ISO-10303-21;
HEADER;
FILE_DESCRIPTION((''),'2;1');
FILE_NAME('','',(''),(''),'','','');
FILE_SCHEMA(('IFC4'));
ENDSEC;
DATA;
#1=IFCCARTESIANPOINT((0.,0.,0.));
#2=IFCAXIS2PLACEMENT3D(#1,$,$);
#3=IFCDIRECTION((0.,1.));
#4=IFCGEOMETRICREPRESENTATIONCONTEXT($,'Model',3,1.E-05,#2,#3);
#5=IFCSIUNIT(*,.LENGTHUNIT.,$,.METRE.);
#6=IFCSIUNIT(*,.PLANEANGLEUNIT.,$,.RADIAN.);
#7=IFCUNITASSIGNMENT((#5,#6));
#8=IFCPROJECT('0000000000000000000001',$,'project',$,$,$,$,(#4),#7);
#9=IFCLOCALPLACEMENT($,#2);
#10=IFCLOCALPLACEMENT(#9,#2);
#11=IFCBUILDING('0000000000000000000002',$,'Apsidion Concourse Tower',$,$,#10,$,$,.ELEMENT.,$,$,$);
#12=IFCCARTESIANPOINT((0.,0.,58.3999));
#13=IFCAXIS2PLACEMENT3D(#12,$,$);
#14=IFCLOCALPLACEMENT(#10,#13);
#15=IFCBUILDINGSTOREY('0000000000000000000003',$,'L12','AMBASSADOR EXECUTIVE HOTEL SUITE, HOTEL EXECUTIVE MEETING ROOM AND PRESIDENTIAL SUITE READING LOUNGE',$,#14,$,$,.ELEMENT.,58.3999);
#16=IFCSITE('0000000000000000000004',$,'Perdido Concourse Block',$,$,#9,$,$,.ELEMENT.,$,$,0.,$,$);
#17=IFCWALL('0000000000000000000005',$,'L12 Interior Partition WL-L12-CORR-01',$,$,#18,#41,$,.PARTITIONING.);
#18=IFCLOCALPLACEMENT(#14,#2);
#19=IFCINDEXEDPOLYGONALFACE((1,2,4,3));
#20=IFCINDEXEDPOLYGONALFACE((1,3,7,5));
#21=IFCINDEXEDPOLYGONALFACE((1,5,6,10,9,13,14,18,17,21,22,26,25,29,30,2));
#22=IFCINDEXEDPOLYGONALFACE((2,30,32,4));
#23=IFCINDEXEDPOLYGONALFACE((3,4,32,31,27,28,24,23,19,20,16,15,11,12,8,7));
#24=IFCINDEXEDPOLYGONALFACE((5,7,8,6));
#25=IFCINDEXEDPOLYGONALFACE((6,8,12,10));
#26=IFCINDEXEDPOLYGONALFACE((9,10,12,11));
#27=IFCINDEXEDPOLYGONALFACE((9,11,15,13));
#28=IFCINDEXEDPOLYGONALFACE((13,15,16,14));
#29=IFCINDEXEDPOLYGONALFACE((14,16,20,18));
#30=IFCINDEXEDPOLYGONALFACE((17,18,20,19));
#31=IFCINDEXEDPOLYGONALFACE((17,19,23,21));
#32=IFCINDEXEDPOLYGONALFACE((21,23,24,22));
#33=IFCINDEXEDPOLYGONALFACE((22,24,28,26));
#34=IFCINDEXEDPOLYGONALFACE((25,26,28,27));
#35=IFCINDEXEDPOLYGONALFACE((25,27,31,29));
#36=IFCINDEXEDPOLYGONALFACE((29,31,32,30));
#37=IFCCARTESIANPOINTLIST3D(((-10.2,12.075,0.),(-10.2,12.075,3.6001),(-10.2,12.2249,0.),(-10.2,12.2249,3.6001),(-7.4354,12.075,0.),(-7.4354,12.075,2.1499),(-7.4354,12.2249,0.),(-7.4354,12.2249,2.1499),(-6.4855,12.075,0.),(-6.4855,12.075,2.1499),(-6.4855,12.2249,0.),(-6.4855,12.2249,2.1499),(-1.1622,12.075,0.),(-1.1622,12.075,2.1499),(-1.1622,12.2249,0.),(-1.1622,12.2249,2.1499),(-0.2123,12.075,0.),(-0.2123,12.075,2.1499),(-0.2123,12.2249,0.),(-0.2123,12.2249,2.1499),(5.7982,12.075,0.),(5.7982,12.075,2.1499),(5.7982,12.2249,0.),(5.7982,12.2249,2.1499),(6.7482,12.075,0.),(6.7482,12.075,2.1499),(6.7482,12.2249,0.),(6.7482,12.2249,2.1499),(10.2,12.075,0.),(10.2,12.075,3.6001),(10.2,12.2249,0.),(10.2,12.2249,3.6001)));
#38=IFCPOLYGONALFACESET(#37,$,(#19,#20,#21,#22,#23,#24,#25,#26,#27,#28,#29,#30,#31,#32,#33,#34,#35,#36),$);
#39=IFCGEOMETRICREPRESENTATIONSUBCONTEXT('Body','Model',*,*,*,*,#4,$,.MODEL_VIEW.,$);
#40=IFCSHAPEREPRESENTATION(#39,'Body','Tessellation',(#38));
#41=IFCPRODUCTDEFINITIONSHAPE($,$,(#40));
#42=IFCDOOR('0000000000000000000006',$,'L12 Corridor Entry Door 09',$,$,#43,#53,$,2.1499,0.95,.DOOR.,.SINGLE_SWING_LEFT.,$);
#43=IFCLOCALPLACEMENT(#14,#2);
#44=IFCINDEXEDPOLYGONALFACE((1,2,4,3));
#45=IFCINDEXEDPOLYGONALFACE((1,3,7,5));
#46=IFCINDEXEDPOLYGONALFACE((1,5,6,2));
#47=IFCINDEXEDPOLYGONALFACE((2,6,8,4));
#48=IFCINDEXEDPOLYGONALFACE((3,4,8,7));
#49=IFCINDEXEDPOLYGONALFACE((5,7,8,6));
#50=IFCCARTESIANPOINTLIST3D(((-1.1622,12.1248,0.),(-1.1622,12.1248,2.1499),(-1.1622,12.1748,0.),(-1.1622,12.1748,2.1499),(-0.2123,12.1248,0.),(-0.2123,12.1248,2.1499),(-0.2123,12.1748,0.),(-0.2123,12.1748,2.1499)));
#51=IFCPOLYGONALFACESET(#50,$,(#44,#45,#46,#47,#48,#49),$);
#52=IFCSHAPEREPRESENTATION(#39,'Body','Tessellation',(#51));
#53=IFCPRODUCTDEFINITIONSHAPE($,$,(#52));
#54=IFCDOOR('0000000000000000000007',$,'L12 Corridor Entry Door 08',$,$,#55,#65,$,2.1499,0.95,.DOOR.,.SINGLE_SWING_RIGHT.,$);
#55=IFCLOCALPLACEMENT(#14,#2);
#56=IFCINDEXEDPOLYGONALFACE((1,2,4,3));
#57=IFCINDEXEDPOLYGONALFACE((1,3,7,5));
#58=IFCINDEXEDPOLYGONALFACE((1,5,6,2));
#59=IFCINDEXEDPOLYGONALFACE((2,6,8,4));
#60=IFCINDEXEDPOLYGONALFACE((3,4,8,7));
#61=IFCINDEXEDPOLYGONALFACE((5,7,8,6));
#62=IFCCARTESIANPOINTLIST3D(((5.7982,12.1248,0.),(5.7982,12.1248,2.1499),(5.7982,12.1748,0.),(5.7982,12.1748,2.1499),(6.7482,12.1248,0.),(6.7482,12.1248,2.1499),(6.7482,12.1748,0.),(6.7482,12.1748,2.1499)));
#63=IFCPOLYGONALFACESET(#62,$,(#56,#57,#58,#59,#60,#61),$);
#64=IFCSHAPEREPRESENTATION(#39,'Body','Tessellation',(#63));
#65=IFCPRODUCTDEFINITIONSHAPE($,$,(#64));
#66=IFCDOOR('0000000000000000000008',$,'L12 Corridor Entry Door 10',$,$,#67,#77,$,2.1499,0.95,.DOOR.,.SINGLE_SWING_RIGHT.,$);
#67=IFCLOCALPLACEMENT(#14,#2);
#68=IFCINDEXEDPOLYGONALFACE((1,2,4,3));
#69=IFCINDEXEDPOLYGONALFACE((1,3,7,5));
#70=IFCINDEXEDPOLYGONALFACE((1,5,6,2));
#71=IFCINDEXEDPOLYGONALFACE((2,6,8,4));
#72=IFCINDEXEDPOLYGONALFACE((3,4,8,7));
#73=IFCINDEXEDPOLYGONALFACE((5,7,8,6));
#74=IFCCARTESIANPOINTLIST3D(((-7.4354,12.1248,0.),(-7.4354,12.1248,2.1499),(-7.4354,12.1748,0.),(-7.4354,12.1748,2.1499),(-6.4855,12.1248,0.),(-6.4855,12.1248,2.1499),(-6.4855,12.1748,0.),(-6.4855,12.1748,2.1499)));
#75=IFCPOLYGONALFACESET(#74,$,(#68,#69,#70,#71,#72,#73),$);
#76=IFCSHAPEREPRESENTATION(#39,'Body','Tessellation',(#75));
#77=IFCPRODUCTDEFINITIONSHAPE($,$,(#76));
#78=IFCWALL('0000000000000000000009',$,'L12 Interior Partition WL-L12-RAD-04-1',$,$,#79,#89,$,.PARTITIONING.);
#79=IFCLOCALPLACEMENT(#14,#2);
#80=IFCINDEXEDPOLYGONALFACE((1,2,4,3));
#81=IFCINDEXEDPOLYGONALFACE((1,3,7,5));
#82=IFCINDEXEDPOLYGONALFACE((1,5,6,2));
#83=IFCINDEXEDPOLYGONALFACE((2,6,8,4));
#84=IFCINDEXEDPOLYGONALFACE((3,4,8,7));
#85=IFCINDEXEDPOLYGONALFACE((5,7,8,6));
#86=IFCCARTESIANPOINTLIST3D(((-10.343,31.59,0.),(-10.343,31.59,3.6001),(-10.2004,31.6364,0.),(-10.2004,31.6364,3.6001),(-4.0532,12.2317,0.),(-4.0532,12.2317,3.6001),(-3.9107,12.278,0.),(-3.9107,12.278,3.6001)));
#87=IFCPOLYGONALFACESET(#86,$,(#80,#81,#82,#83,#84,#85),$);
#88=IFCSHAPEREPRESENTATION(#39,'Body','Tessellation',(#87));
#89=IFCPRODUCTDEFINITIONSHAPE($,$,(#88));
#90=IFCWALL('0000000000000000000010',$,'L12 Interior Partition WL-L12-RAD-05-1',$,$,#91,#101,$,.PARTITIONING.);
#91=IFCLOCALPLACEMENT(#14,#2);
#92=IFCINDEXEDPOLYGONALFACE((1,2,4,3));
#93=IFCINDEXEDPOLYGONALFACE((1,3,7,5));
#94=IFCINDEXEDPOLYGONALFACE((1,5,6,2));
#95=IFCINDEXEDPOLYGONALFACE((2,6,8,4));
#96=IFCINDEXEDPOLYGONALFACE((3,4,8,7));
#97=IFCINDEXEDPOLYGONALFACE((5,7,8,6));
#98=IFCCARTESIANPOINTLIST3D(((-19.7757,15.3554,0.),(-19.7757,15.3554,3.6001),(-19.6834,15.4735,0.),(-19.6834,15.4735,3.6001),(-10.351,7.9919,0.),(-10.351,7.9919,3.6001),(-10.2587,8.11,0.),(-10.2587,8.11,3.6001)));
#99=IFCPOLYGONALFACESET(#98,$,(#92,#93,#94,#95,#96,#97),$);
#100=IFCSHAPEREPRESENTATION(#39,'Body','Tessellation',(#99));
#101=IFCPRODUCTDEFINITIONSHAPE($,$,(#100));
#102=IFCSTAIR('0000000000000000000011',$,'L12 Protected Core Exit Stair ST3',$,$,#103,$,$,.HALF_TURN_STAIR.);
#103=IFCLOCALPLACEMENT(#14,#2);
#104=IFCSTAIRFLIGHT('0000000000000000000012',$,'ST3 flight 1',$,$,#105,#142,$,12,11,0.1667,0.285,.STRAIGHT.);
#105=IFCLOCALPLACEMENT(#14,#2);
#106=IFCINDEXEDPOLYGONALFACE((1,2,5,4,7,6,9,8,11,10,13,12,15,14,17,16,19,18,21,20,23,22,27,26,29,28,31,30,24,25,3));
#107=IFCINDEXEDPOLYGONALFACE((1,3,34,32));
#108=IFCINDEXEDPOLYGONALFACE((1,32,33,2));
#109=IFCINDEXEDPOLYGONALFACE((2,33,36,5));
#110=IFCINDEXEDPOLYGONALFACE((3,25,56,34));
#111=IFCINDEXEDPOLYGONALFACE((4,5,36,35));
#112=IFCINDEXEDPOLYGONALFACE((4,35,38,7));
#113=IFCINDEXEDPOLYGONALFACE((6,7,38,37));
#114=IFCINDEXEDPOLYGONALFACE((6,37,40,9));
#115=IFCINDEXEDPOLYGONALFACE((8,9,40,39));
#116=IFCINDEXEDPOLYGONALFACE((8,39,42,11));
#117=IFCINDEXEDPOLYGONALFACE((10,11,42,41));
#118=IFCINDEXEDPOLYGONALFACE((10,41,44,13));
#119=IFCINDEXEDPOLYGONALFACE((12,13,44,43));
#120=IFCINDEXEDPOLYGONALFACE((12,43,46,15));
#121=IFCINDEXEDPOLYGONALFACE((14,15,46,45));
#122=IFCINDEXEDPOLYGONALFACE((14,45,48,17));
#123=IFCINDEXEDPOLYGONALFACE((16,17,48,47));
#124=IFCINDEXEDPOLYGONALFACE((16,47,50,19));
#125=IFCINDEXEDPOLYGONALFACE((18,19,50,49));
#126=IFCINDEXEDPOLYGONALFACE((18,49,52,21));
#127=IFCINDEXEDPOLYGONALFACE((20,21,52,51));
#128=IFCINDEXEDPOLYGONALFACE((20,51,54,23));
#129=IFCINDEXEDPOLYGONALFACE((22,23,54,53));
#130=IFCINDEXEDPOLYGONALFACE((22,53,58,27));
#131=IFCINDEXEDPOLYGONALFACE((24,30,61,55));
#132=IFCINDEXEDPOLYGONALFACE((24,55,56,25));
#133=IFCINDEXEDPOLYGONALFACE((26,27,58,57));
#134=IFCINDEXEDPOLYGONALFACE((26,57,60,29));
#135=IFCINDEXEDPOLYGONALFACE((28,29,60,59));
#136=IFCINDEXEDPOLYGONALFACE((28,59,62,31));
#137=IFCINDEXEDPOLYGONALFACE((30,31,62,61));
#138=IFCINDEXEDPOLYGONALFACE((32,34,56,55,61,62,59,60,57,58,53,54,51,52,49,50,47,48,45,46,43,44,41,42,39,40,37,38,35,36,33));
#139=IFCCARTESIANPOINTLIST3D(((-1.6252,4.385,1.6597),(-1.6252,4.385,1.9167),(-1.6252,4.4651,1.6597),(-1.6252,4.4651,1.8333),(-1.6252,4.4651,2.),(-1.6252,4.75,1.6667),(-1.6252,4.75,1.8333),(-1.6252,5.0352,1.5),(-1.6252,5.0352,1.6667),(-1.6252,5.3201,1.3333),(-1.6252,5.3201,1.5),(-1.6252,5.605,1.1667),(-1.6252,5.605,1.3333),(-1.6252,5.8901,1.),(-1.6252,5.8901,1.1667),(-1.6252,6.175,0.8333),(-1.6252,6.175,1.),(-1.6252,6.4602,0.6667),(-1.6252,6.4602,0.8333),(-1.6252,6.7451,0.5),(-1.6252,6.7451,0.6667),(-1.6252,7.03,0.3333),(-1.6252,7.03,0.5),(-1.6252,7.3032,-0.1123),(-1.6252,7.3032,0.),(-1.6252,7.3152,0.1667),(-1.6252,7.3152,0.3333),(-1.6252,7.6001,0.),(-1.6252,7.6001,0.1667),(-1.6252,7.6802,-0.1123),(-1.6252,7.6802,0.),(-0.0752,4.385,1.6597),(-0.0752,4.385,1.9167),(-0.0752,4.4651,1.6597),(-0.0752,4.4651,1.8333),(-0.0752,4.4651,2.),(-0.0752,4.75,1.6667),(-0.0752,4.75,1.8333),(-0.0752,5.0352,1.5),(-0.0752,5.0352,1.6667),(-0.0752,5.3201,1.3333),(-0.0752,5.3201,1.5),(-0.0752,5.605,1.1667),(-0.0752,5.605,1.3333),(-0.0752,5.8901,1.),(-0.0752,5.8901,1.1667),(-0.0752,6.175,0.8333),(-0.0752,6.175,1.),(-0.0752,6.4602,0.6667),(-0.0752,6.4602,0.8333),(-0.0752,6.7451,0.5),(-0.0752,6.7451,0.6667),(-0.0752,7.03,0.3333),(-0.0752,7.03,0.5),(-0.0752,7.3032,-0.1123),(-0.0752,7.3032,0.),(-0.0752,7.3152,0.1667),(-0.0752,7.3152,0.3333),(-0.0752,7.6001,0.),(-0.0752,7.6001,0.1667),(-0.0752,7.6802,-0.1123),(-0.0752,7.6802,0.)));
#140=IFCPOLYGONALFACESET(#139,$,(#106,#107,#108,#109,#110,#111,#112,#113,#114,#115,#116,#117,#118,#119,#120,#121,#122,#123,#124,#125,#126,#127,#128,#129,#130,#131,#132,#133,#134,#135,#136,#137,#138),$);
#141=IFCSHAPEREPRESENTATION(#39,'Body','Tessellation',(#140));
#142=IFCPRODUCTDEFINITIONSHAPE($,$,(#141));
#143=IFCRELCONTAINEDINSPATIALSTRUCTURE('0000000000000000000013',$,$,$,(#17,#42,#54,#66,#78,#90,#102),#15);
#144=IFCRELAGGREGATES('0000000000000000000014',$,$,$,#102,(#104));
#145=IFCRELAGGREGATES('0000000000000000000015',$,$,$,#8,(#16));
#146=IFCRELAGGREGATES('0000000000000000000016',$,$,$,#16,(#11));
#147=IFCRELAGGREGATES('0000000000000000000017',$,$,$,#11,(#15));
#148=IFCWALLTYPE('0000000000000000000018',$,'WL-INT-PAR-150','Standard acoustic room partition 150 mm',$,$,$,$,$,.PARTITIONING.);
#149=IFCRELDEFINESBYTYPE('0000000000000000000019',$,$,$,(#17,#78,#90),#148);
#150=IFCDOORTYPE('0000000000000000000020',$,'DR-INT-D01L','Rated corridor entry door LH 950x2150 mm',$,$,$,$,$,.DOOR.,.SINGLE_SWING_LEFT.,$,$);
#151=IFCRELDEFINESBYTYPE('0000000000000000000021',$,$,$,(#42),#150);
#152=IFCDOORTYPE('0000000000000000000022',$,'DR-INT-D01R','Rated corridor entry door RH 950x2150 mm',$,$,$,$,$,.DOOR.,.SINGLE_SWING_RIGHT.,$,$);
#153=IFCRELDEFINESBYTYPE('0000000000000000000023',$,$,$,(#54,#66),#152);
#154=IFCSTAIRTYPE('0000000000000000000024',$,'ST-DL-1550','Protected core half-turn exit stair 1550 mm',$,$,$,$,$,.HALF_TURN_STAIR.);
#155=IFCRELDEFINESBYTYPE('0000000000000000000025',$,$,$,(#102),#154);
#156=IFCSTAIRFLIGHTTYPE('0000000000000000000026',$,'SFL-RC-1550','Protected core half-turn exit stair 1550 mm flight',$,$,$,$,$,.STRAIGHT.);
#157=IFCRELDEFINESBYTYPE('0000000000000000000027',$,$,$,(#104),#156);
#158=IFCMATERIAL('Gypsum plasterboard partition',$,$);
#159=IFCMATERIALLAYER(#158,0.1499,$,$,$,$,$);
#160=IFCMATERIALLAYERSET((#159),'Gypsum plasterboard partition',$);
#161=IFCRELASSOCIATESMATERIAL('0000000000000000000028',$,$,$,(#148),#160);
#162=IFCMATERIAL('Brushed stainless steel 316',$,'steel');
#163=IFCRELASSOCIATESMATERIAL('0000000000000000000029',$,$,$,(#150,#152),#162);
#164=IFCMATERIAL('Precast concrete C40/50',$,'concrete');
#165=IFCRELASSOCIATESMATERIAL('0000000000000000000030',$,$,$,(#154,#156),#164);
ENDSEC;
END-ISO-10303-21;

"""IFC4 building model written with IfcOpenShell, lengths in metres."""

from ifc_helpers import new_model, si_unit, direction, frame, frame_2d, origin, place, context, subcontext, project, spatial, polyline, rectangle, outline, extrude, material, layer, layer_set, type_object, element, fill, aggregate, save


model = new_model("IFC4")

# Units and contexts
model_context = context("Model", 3, precision=1e-05, world=origin(), true_north=direction((0.0, 1.0)))
body_context = subcontext(model_context, "Body", "Model", "MODEL_VIEW")
ifc_project = project(units=[si_unit("LENGTHUNIT", "METRE"), si_unit("PLANEANGLEUNIT", "RADIAN")], contexts=[model_context])

# Site, building, storey
site_placement = place(None, origin())
site = spatial("IfcSite", under=ifc_project, at=site_placement, Name="Perdido Concourse Block", CompositionType="ELEMENT", RefElevation=0.0)
building_placement = place(site_placement, origin())
building = spatial("IfcBuilding", under=site, at=building_placement, Name="Apsidion Concourse Tower", CompositionType="ELEMENT")
storey_placement = place(building_placement, frame((0.0, 0.0, 58.3999)))
storey = spatial("IfcBuildingStorey", under=building, at=storey_placement, Name="L12", Description="AMBASSADOR EXECUTIVE HOTEL SUITE, HOTEL EXECUTIVE MEETING ROOM AND PRESIDENTIAL SUITE READING LOUNGE", CompositionType="ELEMENT", Elevation=58.3999)

# Shared definitions
ifc_material_1 = material(Name="Gypsum plasterboard partition")

# Wall, openings, doors
ifc_layer_1 = layer(ifc_material_1, 0.1499)
ifc_layer_set_1 = layer_set([ifc_layer_1], Name="Gypsum plasterboard partition")
wall_type_1 = type_object("IfcWallType", Name="WL-INT-PAR-150", Description="Standard acoustic room partition 150 mm", PredefinedType="PARTITIONING", material=ifc_layer_set_1)
wall_1_placement = place(storey_placement, frame((-10.2, 12.1499, 0.0), z_axis=(0.0, 0.0, 1.0), x_axis=(1.0, 0.0, 0.0)))
wall_1 = element("IfcWall", 1, at=wall_1_placement, inside=storey, type_object=wall_type_1, Name="L12 Interior Partition WL-L12-CORR-01", PredefinedType="PARTITIONING", context=body_context, shape_type="SweptSolid", body=[
    extrude(rectangle(XDim=20.3999, YDim=0.1499, at=frame_2d((10.2, 0.0))), origin(), (0.0, 0.0, 1.0), 3.6001),
])
opening_1_placement = place(wall_1_placement, frame((15.998, 0.0, 0.0)))
opening_1 = element("IfcOpeningElement", 2, at=opening_1_placement, cuts=wall_1, PredefinedType="OPENING", context=body_context, shape_type="SweptSolid", body=[
    extrude(rectangle(XDim=0.95, YDim=2.1499, at=frame_2d((0.4751, 1.075))), frame((0.0, 0.085, 0.0), z_axis=(0.0, -1.0, 0.0), x_axis=(1.0, 0.0, 0.0)), (0.0, 0.0, 1.0), 0.1699),
])
opening_2_placement = place(wall_1_placement, frame((9.0376, 0.0, 0.0)))
opening_2 = element("IfcOpeningElement", 3, at=opening_2_placement, cuts=wall_1, PredefinedType="OPENING", context=body_context, shape_type="SweptSolid", body=[
    extrude(rectangle(XDim=0.95, YDim=2.1499, at=frame_2d((0.4751, 1.075))), frame((0.0, 0.085, 0.0), z_axis=(0.0, -1.0, 0.0), x_axis=(1.0, 0.0, 0.0)), (0.0, 0.0, 1.0), 0.1699),
])
opening_3_placement = place(wall_1_placement, frame((2.7644, 0.0, 0.0)))
opening_3 = element("IfcOpeningElement", 4, at=opening_3_placement, cuts=wall_1, PredefinedType="OPENING", context=body_context, shape_type="SweptSolid", body=[
    extrude(rectangle(XDim=0.95, YDim=2.1499, at=frame_2d((0.4751, 1.075))), frame((0.0, 0.085, 0.0), z_axis=(0.0, -1.0, 0.0), x_axis=(1.0, 0.0, 0.0)), (0.0, 0.0, 1.0), 0.1699),
])
ifc_material_2 = material(Name="Brushed stainless steel 316", Category="steel")
door_type_1 = type_object("IfcDoorType", Name="DR-INT-D01L", Description="Rated corridor entry door LH 950x2150 mm", OperationType="SINGLE_SWING_LEFT", PredefinedType="DOOR", material=ifc_material_2)
door_1_placement = place(opening_2_placement, origin())
door_1 = element("IfcDoor", 5, at=door_1_placement, inside=storey, type_object=door_type_1, Name="L12 Corridor Entry Door 09", OperationType="SINGLE_SWING_LEFT", OverallHeight=2.1499, OverallWidth=0.95, PredefinedType="DOOR", context=body_context, shape_type="SweptSolid", body=[
    extrude(rectangle(XDim=0.95, YDim=2.1499, at=frame_2d((0.4751, 1.075))), frame((0.0, 0.0249, 0.0), z_axis=(0.0, -1.0, 0.0), x_axis=(1.0, 0.0, 0.0)), (0.0, 0.0, 1.0), 0.05),
])
fill(opening_2, door_1)
door_type_2 = type_object("IfcDoorType", Name="DR-INT-D01R", Description="Rated corridor entry door RH 950x2150 mm", OperationType="SINGLE_SWING_RIGHT", PredefinedType="DOOR", material=ifc_material_2)
door_2_placement = place(opening_1_placement, origin())
door_2 = element("IfcDoor", 6, at=door_2_placement, inside=storey, type_object=door_type_2, Name="L12 Corridor Entry Door 08", OperationType="SINGLE_SWING_RIGHT", OverallHeight=2.1499, OverallWidth=0.95, PredefinedType="DOOR", context=body_context, shape_type="SweptSolid", body=[
    extrude(rectangle(XDim=0.95, YDim=2.1499, at=frame_2d((0.4751, 1.075))), frame((0.0, 0.0249, 0.0), z_axis=(0.0, -1.0, 0.0), x_axis=(1.0, 0.0, 0.0)), (0.0, 0.0, 1.0), 0.05),
])
fill(opening_1, door_2)
door_3_placement = place(opening_3_placement, origin())
door_3 = element("IfcDoor", 7, at=door_3_placement, inside=storey, type_object=door_type_2, Name="L12 Corridor Entry Door 10", OperationType="SINGLE_SWING_RIGHT", OverallHeight=2.1499, OverallWidth=0.95, PredefinedType="DOOR", context=body_context, shape_type="SweptSolid", body=[
    extrude(rectangle(XDim=0.95, YDim=2.1499, at=frame_2d((0.4751, 1.075))), frame((0.0, 0.0249, 0.0), z_axis=(0.0, -1.0, 0.0), x_axis=(1.0, 0.0, 0.0)), (0.0, 0.0, 1.0), 0.05),
])
fill(opening_3, door_3)

# Walls
wall_2_placement = place(storey_placement, frame((-3.9819, 12.2549, 0.0), z_axis=(0.0, 0.0, 1.0), x_axis=(-0.309011, 0.951058, 0.0)))
element("IfcWall", 8, at=wall_2_placement, inside=storey, type_object=wall_type_1, Name="L12 Interior Partition WL-L12-RAD-04-1", PredefinedType="PARTITIONING", context=body_context, shape_type="SweptSolid", body=[
    extrude(rectangle(XDim=20.3545, YDim=0.1499, at=frame_2d((10.1772, 0.0))), origin(), (0.0, 0.0, 1.0), 3.6001),
])
wall_3_placement = place(storey_placement, frame((-10.3049, 8.051, 0.0), z_axis=(0.0, 0.0, 1.0), x_axis=(-0.788008, 0.615665, 0.0)))
element("IfcWall", 9, at=wall_3_placement, inside=storey, type_object=wall_type_1, Name="L12 Interior Partition WL-L12-RAD-05-1", PredefinedType="PARTITIONING", context=body_context, shape_type="SweptSolid", body=[
    extrude(rectangle(XDim=11.9602, YDim=0.1499, at=frame_2d((5.98, 0.0))), origin(), (0.0, 0.0, 1.0), 3.6001),
])

# Stair, stair flight
ifc_material_3 = material(Name="Precast concrete C40/50", Category="concrete")
stair_type = type_object("IfcStairType", Name="ST-DL-1550", Description="Protected core half-turn exit stair 1550 mm", PredefinedType="HALF_TURN_STAIR", material=ifc_material_3)
stair_placement = place(storey_placement, origin())
stair = element("IfcStair", 10, at=stair_placement, inside=storey, type_object=stair_type, Name="L12 Protected Core Exit Stair ST3", PredefinedType="HALF_TURN_STAIR")
stair_flight_type = type_object("IfcStairFlightType", Name="SFL-RC-1550", Description="Protected core half-turn exit stair 1550 mm flight", PredefinedType="STRAIGHT", material=ifc_material_3)
stair_flight_placement = place(storey_placement, frame((-0.8501, 7.6001, 0.0), z_axis=(0.0, 0.0, 1.0), x_axis=(0.0, -1.0, 0.0)))
stair_flight = element("IfcStairFlight", 11, at=stair_flight_placement, type_object=stair_flight_type, Name="ST3 flight 1", NumberOfRisers=12, NumberOfTreads=11, PredefinedType="STRAIGHT", RiserHeight=0.1667, TreadLength=0.285, context=body_context, shape_type="SweptSolid", body=[
    extrude(outline(polyline([(-0.0801, -0.1123), (-0.0801, 0.0), (0.0, 0.0), (0.0, 0.1667), (0.2849, 0.1667), (0.2849, 0.3333), (0.5701, 0.3333), (0.5701, 0.5), (0.855, 0.5), (0.855, 0.6667), (1.1399, 0.6667), (1.1399, 0.8333), (1.425, 0.8333), (1.425, 1.0), (1.71, 1.0), (1.71, 1.1667), (1.9951, 1.1667), (1.9951, 1.3333), (2.28, 1.3333), (2.28, 1.5), (2.5649, 1.5), (2.5649, 1.6667), (2.8501, 1.6667), (2.8501, 1.8333), (3.135, 1.8333), (3.135, 2.0), (3.2151, 1.9167), (3.2151, 1.6597), (3.135, 1.6597), (0.2969, 0.0), (0.2969, -0.1123), (-0.0801, -0.1123)])), frame((0.0, 0.7749, 0.0), z_axis=(0.0, -1.0, 0.0), x_axis=(1.0, 0.0, 0.0)), (0.0, 0.0, 1.0), 1.55),
])
aggregate(stair, [stair_flight])

save(model, "model.ifc")
